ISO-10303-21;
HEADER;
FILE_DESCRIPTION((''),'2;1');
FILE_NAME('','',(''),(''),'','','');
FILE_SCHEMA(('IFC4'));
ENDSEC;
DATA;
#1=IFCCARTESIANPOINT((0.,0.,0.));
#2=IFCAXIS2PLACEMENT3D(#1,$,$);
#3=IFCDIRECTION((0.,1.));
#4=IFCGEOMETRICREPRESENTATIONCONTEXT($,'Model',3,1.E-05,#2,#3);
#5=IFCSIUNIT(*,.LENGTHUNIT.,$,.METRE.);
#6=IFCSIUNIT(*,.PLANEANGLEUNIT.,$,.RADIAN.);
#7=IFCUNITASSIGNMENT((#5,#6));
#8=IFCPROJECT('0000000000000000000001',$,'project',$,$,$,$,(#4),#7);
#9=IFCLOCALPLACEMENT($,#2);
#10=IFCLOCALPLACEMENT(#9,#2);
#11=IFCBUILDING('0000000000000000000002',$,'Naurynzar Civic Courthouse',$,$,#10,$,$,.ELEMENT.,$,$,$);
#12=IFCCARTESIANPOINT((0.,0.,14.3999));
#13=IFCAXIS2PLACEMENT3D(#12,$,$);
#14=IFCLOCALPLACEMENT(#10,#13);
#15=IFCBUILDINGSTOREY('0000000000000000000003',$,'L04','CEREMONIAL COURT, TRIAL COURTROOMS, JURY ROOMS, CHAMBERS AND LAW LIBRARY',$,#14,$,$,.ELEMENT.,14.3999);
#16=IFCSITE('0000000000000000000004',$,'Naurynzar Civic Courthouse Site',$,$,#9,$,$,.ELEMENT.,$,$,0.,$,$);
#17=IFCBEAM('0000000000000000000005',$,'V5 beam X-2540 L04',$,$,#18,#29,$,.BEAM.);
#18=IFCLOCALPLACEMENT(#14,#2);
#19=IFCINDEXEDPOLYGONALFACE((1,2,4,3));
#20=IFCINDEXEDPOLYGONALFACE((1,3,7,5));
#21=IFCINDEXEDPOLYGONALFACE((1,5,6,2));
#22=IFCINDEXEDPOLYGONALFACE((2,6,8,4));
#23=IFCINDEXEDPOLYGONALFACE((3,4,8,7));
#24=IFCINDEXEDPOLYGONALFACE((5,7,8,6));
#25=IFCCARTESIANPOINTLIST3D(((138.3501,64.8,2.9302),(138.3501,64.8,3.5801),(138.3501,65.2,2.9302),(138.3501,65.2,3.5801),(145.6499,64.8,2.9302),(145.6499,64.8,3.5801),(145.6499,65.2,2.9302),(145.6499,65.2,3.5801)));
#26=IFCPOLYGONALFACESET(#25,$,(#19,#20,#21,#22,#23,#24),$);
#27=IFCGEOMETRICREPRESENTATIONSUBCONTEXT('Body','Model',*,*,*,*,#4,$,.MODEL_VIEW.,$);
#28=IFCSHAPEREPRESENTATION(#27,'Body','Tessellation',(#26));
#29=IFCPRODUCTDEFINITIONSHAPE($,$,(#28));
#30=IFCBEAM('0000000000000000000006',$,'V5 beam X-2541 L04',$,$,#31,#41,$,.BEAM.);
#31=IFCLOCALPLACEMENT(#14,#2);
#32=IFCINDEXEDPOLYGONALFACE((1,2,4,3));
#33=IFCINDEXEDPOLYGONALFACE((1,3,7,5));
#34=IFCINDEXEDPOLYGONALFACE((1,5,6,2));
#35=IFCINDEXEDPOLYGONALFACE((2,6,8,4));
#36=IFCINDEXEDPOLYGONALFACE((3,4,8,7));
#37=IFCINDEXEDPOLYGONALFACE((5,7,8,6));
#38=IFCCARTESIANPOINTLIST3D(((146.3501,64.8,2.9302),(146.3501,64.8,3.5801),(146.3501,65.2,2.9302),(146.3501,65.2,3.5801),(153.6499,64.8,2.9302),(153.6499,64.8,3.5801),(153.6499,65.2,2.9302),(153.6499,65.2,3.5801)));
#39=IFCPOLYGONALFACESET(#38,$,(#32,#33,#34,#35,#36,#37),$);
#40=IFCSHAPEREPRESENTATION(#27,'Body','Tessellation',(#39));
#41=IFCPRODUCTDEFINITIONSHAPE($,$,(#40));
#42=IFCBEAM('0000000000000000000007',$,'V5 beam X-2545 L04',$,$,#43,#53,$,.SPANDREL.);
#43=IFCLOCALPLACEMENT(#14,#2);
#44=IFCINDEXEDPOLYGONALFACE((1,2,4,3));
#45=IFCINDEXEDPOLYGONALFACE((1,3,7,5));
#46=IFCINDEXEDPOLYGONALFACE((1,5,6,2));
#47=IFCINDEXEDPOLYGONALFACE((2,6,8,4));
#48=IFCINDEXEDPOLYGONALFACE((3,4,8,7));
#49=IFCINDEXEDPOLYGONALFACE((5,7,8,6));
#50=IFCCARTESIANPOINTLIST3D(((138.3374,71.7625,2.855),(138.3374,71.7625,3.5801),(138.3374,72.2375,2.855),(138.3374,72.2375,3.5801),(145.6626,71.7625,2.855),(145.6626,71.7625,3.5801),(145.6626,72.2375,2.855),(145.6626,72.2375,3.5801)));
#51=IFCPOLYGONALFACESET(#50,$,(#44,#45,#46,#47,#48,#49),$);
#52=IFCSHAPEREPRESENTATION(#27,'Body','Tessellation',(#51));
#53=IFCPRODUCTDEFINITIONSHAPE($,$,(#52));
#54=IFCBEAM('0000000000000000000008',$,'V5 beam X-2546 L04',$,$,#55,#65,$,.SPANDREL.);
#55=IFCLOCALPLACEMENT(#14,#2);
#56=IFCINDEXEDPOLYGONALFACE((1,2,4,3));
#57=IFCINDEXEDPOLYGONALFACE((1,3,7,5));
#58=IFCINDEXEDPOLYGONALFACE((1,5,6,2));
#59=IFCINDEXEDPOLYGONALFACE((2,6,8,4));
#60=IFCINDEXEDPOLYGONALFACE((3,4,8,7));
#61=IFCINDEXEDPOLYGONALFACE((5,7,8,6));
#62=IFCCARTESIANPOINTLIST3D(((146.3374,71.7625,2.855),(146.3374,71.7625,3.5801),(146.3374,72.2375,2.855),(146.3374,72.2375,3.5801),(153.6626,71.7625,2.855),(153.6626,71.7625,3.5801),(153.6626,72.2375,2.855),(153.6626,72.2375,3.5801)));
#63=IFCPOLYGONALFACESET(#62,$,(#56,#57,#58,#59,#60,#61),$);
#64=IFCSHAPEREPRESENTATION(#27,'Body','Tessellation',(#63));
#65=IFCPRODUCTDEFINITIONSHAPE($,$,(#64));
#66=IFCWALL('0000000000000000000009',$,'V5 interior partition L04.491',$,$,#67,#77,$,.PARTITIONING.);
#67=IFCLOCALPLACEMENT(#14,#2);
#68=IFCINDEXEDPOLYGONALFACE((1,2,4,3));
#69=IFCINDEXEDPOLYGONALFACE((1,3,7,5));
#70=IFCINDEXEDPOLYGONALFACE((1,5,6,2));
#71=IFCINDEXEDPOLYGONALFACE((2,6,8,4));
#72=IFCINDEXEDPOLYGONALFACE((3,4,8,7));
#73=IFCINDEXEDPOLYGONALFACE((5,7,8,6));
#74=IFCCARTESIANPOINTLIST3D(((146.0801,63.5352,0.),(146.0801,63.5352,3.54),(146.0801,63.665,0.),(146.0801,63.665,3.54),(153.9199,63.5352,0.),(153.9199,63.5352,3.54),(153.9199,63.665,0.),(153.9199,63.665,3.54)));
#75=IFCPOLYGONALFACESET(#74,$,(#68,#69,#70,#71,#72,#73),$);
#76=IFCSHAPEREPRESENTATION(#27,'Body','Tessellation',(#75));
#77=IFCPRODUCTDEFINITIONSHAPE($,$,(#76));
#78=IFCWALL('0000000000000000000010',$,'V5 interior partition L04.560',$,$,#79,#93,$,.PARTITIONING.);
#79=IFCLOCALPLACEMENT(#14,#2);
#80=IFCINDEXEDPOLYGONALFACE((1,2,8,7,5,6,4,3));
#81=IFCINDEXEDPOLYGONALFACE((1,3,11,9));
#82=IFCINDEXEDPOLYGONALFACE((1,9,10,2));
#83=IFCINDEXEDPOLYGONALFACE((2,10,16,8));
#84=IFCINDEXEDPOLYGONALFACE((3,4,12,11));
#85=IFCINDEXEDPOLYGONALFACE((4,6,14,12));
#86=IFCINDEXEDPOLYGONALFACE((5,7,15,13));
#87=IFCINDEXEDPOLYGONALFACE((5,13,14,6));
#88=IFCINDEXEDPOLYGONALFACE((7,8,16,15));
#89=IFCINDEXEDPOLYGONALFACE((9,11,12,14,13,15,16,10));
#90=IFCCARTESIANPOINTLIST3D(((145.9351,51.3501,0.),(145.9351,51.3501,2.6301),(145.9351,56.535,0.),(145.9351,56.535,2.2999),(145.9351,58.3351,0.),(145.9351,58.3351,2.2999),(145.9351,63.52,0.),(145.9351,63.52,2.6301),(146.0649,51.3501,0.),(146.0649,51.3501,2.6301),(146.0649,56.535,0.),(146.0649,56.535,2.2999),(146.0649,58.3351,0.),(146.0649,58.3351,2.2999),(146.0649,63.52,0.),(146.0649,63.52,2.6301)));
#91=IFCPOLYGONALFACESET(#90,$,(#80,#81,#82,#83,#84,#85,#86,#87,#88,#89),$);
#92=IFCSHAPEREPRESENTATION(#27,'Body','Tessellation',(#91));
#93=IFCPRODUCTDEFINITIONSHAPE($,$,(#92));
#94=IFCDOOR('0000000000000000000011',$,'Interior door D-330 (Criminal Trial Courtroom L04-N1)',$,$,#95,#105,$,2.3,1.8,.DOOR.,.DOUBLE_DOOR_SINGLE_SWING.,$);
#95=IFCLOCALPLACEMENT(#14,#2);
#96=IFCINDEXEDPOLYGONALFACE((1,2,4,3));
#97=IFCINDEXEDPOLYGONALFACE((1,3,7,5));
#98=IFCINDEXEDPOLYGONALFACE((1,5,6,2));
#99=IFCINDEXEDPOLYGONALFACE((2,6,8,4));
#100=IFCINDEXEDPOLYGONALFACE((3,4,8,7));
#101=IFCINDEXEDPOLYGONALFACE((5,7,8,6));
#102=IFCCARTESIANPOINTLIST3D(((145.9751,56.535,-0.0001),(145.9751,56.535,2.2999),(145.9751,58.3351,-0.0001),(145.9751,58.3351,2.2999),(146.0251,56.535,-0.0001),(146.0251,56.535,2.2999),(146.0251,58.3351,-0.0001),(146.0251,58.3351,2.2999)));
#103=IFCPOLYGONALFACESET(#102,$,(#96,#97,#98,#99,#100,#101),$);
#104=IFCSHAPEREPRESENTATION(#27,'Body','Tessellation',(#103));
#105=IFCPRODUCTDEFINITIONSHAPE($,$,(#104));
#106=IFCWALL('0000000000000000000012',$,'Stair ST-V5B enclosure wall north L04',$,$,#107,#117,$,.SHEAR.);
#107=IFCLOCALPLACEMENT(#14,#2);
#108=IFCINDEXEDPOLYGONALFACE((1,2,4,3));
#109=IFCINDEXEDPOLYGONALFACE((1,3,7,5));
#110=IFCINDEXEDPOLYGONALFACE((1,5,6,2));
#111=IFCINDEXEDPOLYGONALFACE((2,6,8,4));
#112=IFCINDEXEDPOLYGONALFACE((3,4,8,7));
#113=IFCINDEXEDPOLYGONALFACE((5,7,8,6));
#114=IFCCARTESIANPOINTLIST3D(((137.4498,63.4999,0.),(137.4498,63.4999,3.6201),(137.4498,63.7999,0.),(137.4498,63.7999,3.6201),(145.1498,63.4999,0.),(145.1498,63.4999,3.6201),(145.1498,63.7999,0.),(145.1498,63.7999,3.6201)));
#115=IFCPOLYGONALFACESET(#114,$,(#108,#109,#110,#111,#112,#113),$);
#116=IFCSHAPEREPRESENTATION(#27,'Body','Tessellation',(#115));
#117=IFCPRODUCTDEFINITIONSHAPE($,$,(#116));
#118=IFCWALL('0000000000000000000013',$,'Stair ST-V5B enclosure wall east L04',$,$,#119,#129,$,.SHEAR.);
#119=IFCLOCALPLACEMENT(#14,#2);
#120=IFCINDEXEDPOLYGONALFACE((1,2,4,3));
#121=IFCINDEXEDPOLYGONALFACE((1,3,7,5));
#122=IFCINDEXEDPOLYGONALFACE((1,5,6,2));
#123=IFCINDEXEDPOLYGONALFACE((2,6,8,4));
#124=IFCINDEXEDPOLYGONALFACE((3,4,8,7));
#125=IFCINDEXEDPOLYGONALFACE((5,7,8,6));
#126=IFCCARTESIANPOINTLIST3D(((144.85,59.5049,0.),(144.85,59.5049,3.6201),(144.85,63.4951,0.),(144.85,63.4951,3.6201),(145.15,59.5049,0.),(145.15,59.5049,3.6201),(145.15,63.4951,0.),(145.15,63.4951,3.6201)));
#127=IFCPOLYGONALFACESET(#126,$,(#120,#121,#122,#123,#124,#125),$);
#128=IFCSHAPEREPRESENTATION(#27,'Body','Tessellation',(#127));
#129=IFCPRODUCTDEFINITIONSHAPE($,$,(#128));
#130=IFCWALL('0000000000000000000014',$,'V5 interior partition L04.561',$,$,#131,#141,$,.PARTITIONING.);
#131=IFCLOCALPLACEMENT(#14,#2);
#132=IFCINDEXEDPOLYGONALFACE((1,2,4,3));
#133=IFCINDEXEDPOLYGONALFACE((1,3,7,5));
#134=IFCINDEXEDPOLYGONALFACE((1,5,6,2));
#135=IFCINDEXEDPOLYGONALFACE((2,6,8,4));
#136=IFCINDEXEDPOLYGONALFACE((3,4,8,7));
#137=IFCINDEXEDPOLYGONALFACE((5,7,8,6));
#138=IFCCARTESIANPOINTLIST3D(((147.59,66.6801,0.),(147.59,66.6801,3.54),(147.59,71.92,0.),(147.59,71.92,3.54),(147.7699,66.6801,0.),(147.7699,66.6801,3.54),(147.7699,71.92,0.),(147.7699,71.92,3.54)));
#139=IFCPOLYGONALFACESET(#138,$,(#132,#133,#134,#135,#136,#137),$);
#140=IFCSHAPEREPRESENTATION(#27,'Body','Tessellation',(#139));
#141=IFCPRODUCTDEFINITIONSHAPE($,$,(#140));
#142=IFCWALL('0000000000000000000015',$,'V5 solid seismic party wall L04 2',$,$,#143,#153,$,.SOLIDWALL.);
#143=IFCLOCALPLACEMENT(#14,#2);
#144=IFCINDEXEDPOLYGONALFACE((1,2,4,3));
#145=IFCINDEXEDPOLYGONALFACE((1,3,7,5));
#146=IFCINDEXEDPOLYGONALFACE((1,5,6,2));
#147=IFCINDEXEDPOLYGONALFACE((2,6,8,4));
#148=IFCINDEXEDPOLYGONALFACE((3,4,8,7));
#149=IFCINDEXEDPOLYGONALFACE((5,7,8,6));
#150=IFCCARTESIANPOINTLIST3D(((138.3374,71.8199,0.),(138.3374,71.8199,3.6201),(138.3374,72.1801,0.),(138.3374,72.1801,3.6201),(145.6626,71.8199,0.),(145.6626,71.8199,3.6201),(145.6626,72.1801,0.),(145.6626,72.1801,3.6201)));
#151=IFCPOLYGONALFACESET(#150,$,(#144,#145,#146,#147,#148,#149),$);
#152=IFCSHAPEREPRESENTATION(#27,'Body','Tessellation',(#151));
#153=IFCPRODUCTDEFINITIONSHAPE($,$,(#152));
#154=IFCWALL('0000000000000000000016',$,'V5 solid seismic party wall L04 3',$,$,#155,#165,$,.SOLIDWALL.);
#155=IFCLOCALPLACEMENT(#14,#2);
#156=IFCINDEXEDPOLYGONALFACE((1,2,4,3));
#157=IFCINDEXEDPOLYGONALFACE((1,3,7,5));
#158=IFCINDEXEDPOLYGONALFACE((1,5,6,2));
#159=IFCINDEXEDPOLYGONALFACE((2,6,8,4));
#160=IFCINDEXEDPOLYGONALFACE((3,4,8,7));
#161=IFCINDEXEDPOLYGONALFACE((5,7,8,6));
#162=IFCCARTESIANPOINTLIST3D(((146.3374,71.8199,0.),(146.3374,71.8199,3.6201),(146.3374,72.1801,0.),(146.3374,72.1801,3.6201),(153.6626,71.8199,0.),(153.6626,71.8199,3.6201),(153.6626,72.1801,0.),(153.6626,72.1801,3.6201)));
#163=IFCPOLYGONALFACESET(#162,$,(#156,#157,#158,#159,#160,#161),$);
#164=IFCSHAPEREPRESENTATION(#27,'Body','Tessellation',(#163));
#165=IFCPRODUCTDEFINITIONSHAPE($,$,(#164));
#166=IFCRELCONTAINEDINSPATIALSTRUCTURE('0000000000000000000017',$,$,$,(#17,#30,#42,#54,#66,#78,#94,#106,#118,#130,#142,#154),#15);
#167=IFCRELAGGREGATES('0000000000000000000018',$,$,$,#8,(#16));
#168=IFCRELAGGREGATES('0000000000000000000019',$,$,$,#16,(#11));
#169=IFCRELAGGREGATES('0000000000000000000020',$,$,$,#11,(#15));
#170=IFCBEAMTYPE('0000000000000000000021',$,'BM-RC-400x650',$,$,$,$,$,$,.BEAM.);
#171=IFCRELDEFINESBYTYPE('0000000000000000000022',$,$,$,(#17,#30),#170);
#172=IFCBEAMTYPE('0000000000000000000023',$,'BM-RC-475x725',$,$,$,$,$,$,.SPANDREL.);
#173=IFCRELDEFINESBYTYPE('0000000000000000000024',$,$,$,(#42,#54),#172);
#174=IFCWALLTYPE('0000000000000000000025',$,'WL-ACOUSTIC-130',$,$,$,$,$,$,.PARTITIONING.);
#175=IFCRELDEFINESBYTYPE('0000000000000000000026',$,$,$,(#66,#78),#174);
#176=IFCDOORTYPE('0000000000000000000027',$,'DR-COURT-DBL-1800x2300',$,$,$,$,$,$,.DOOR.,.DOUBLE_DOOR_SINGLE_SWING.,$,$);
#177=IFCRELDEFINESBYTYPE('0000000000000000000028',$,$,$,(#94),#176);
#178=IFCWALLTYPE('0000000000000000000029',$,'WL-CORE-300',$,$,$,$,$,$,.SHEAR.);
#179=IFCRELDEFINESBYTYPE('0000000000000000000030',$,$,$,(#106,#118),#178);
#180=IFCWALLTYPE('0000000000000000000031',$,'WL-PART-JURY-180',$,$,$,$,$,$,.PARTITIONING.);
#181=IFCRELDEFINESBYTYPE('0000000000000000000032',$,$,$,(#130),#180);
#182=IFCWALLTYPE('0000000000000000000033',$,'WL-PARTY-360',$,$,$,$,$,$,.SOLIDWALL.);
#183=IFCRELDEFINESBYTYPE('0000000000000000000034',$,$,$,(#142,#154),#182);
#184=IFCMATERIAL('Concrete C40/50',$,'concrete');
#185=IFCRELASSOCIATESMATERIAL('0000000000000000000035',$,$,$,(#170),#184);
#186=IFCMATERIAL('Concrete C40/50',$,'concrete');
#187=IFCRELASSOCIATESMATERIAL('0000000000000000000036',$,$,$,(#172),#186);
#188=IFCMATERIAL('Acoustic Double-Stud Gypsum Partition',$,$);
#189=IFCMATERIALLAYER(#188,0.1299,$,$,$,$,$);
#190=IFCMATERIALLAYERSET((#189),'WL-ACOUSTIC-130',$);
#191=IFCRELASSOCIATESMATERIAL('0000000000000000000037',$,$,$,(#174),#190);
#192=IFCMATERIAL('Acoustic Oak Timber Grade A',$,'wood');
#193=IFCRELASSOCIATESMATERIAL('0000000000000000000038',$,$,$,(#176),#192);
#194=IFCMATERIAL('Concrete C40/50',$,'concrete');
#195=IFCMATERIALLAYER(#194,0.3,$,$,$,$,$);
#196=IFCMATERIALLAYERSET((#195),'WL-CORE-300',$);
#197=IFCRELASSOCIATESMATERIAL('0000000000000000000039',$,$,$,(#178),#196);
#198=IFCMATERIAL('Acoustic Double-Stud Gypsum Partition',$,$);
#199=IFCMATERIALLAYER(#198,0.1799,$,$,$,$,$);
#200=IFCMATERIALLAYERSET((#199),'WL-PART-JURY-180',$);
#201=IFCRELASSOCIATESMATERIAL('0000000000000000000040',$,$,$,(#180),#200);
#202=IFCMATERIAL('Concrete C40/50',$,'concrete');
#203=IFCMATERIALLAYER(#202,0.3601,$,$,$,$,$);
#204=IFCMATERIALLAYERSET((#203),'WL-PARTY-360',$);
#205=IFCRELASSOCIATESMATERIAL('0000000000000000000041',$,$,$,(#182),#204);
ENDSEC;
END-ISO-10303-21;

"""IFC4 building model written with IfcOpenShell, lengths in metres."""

from ifc_helpers import new_model, si_unit, direction, frame, frame_2d, origin, origin_2d, place, context, subcontext, project, spatial, rectangle, extrude, material, layer, layer_set, material_profile, profile_set, type_object, element, fill, save


model = new_model("IFC4")

# Units and contexts
model_context = context("Model", 3, precision=1e-05, world=origin(), true_north=direction((0.0, 1.0)))
body_context = subcontext(model_context, "Body", "Model", "MODEL_VIEW")
ifc_project = project(units=[si_unit("LENGTHUNIT", "METRE"), si_unit("PLANEANGLEUNIT", "RADIAN")], contexts=[model_context])

# Site, building, storey
site_placement = place(None, origin())
site = spatial("IfcSite", under=ifc_project, at=site_placement, Name="Naurynzar Civic Courthouse Site", CompositionType="ELEMENT", RefElevation=0.0)
building_placement = place(site_placement, origin())
building = spatial("IfcBuilding", under=site, at=building_placement, Name="Naurynzar Civic Courthouse", CompositionType="ELEMENT")
storey_placement = place(building_placement, frame((0.0, 0.0, 14.3999)))
storey = spatial("IfcBuildingStorey", under=building, at=storey_placement, Name="L04", Description="CEREMONIAL COURT, TRIAL COURTROOMS, JURY ROOMS, CHAMBERS AND LAW LIBRARY", CompositionType="ELEMENT", Elevation=14.3999)

# Beams
ifc_material_1 = material(Name="Concrete C40/50", Category="concrete")
ifc_material_profile_1 = material_profile(ifc_material_1, rectangle(XDim=0.3999, YDim=0.6499, at=origin_2d()), Name="RCB 400x650")
ifc_profile_set_1 = profile_set([ifc_material_profile_1], Name="Concrete C40/50")
beam_type_1 = type_object("IfcBeamType", Name="BM-RC-400x650", PredefinedType="BEAM", material=ifc_profile_set_1)
for number, where, z_axis, x_axis, name in (
    (1, (138.3501, 65.0, 3.2551), (1.0, 0.0, 0.0), (0.0, 1.0, 0.0), "V5 beam X-2540 L04"),
    (2, (146.3501, 65.0, 3.2551), (1.0, 0.0, 0.0), (0.0, 1.0, 0.0), "V5 beam X-2541 L04"),
):
    element("IfcBeam", number, at=place(storey_placement, frame(where, z_axis=z_axis, x_axis=x_axis)), inside=storey, type_object=beam_type_1, Name=name, PredefinedType="BEAM", context=body_context, shape_type="SweptSolid", body=[
        extrude(rectangle(XDim=0.3999, YDim=0.6499, at=origin_2d()), origin(), (0.0, 0.0, 1.0), 7.2998),
    ])
ifc_material_2 = material(Name="Concrete C40/50", Category="concrete")
ifc_material_profile_2 = material_profile(ifc_material_2, rectangle(XDim=0.4751, YDim=0.7251, at=origin_2d()), Name="RCB 475x725")
ifc_profile_set_2 = profile_set([ifc_material_profile_2], Name="Concrete C40/50")
beam_type_2 = type_object("IfcBeamType", Name="BM-RC-475x725", PredefinedType="SPANDREL", material=ifc_profile_set_2)
for number, where, z_axis, x_axis, name in (
    (3, (138.3374, 72.0, 3.2175), (1.0, 0.0, 0.0), (0.0, 1.0, 0.0), "V5 beam X-2545 L04"),
    (4, (146.3374, 72.0, 3.2175), (1.0, 0.0, 0.0), (0.0, 1.0, 0.0), "V5 beam X-2546 L04"),
):
    element("IfcBeam", number, at=place(storey_placement, frame(where, z_axis=z_axis, x_axis=x_axis)), inside=storey, type_object=beam_type_2, Name=name, PredefinedType="SPANDREL", context=body_context, shape_type="SweptSolid", body=[
        extrude(rectangle(XDim=0.4751, YDim=0.7251, at=origin_2d()), origin(), (0.0, 0.0, 1.0), 7.3252),
    ])

# Wall
ifc_material_3 = material(Name="Acoustic Double-Stud Gypsum Partition")
ifc_layer_1 = layer(ifc_material_3, 0.1299)
ifc_layer_set_1 = layer_set([ifc_layer_1], Name="WL-ACOUSTIC-130")
wall_type_1 = type_object("IfcWallType", Name="WL-ACOUSTIC-130", PredefinedType="PARTITIONING", material=ifc_layer_set_1)
wall_1_placement = place(storey_placement, frame((146.0801, 63.6001, 0.0), z_axis=(0.0, 0.0, 1.0), x_axis=(1.0, 0.0, 0.0)))
element("IfcWall", 5, at=wall_1_placement, inside=storey, type_object=wall_type_1, Name="V5 interior partition L04.491", PredefinedType="PARTITIONING", context=body_context, shape_type="SweptSolid", body=[
    extrude(rectangle(XDim=7.8398, YDim=0.1299, at=frame_2d((3.9199, 0.0))), origin(), (0.0, 0.0, 1.0), 3.54),
])

# Wall, opening, door
wall_2_placement = place(storey_placement, frame((146.0, 51.3501, 0.0), z_axis=(0.0, 0.0, 1.0), x_axis=(0.0, 1.0, 0.0)))
wall_2 = element("IfcWall", 6, at=wall_2_placement, inside=storey, type_object=wall_type_1, Name="V5 interior partition L04.560", PredefinedType="PARTITIONING", context=body_context, shape_type="SweptSolid", body=[
    extrude(rectangle(XDim=12.1699, YDim=0.1299, at=frame_2d((6.085, 0.0))), origin(), (0.0, 0.0, 1.0), 2.6301),
])
opening_placement = place(wall_2_placement, frame((5.1851, 0.0, 0.0)))
opening = element("IfcOpeningElement", 7, at=opening_placement, cuts=wall_2, PredefinedType="OPENING", context=body_context, shape_type="SweptSolid", body=[
    extrude(rectangle(XDim=1.8, YDim=2.3, at=frame_2d((0.8999, 1.1499))), frame((0.0, 0.075, 0.0), z_axis=(0.0, -1.0, 0.0), x_axis=(1.0, 0.0, 0.0)), (0.0, 0.0, 1.0), 0.1499),
])
ifc_material_4 = material(Name="Acoustic Oak Timber Grade A", Category="wood")
door_type = type_object("IfcDoorType", Name="DR-COURT-DBL-1800x2300", OperationType="DOUBLE_DOOR_SINGLE_SWING", PredefinedType="DOOR", material=ifc_material_4)
door_placement = place(opening_placement, origin())
door = element("IfcDoor", 8, at=door_placement, inside=storey, type_object=door_type, Name="Interior door D-330 (Criminal Trial Courtroom L04-N1)", OperationType="DOUBLE_DOOR_SINGLE_SWING", OverallHeight=2.3, OverallWidth=1.8, PredefinedType="DOOR", context=body_context, shape_type="SweptSolid", body=[
    extrude(rectangle(XDim=1.8, YDim=2.3, at=frame_2d((0.8999, 1.1499))), frame((0.0, 0.0249, 0.0), z_axis=(0.0, -1.0, 0.0), x_axis=(1.0, 0.0, 0.0)), (0.0, 0.0, 1.0), 0.05),
])
fill(opening, door)

# Walls
ifc_material_5 = material(Name="Concrete C40/50", Category="concrete")
ifc_layer_2 = layer(ifc_material_5, 0.3)
ifc_layer_set_2 = layer_set([ifc_layer_2], Name="WL-CORE-300")
wall_type_2 = type_object("IfcWallType", Name="WL-CORE-300", PredefinedType="SHEAR", material=ifc_layer_set_2)
wall_3_placement = place(storey_placement, frame((145.1499, 63.6499, 0.0), z_axis=(0.0, 0.0, 1.0), x_axis=(-1.0, 0.0, 0.0)))
element("IfcWall", 9, at=wall_3_placement, inside=storey, type_object=wall_type_2, Name="Stair ST-V5B enclosure wall north L04", PredefinedType="SHEAR", context=body_context, shape_type="SweptSolid", body=[
    extrude(rectangle(XDim=7.7, YDim=0.3, at=frame_2d((3.8501, 0.0))), origin(), (0.0, 0.0, 1.0), 3.6201),
])
wall_4_placement = place(storey_placement, frame((145.0, 59.5049, 0.0), z_axis=(0.0, 0.0, 1.0), x_axis=(0.0, 1.0, 0.0)))
element("IfcWall", 10, at=wall_4_placement, inside=storey, type_object=wall_type_2, Name="Stair ST-V5B enclosure wall east L04", PredefinedType="SHEAR", context=body_context, shape_type="SweptSolid", body=[
    extrude(rectangle(XDim=3.9902, YDim=0.3, at=frame_2d((1.9951, 0.0))), origin(), (0.0, 0.0, 1.0), 3.6201),
])
ifc_material_6 = material(Name="Acoustic Double-Stud Gypsum Partition")
ifc_layer_3 = layer(ifc_material_6, 0.1799)
ifc_layer_set_3 = layer_set([ifc_layer_3], Name="WL-PART-JURY-180")
wall_type_3 = type_object("IfcWallType", Name="WL-PART-JURY-180", PredefinedType="PARTITIONING", material=ifc_layer_set_3)
wall_5_placement = place(storey_placement, frame((147.6799, 66.6799, 0.0), z_axis=(0.0, 0.0, 1.0), x_axis=(0.0, 1.0, 0.0)))
element("IfcWall", 11, at=wall_5_placement, inside=storey, type_object=wall_type_3, Name="V5 interior partition L04.561", PredefinedType="PARTITIONING", context=body_context, shape_type="SweptSolid", body=[
    extrude(rectangle(XDim=5.24, YDim=0.1799, at=frame_2d((2.6201, 0.0))), origin(), (0.0, 0.0, 1.0), 3.54),
])
ifc_material_7 = material(Name="Concrete C40/50", Category="concrete")
ifc_layer_4 = layer(ifc_material_7, 0.3601)
ifc_layer_set_4 = layer_set([ifc_layer_4], Name="WL-PARTY-360")
wall_type_4 = type_object("IfcWallType", Name="WL-PARTY-360", PredefinedType="SOLIDWALL", material=ifc_layer_set_4)
for number, where, z_axis, x_axis, name in (
    (12, (138.3374, 72.0, 0.0), (0.0, 0.0, 1.0), (1.0, 0.0, 0.0), "V5 solid seismic party wall L04 2"),
    (13, (146.3374, 72.0, 0.0), (0.0, 0.0, 1.0), (1.0, 0.0, 0.0), "V5 solid seismic party wall L04 3"),
):
    element("IfcWall", number, at=place(storey_placement, frame(where, z_axis=z_axis, x_axis=x_axis)), inside=storey, type_object=wall_type_4, Name=name, PredefinedType="SOLIDWALL", context=body_context, shape_type="SweptSolid", body=[
        extrude(rectangle(XDim=7.3252, YDim=0.3601, at=frame_2d((3.6626, 0.0))), origin(), (0.0, 0.0, 1.0), 3.6201),
    ])

save(model, "model.ifc")
